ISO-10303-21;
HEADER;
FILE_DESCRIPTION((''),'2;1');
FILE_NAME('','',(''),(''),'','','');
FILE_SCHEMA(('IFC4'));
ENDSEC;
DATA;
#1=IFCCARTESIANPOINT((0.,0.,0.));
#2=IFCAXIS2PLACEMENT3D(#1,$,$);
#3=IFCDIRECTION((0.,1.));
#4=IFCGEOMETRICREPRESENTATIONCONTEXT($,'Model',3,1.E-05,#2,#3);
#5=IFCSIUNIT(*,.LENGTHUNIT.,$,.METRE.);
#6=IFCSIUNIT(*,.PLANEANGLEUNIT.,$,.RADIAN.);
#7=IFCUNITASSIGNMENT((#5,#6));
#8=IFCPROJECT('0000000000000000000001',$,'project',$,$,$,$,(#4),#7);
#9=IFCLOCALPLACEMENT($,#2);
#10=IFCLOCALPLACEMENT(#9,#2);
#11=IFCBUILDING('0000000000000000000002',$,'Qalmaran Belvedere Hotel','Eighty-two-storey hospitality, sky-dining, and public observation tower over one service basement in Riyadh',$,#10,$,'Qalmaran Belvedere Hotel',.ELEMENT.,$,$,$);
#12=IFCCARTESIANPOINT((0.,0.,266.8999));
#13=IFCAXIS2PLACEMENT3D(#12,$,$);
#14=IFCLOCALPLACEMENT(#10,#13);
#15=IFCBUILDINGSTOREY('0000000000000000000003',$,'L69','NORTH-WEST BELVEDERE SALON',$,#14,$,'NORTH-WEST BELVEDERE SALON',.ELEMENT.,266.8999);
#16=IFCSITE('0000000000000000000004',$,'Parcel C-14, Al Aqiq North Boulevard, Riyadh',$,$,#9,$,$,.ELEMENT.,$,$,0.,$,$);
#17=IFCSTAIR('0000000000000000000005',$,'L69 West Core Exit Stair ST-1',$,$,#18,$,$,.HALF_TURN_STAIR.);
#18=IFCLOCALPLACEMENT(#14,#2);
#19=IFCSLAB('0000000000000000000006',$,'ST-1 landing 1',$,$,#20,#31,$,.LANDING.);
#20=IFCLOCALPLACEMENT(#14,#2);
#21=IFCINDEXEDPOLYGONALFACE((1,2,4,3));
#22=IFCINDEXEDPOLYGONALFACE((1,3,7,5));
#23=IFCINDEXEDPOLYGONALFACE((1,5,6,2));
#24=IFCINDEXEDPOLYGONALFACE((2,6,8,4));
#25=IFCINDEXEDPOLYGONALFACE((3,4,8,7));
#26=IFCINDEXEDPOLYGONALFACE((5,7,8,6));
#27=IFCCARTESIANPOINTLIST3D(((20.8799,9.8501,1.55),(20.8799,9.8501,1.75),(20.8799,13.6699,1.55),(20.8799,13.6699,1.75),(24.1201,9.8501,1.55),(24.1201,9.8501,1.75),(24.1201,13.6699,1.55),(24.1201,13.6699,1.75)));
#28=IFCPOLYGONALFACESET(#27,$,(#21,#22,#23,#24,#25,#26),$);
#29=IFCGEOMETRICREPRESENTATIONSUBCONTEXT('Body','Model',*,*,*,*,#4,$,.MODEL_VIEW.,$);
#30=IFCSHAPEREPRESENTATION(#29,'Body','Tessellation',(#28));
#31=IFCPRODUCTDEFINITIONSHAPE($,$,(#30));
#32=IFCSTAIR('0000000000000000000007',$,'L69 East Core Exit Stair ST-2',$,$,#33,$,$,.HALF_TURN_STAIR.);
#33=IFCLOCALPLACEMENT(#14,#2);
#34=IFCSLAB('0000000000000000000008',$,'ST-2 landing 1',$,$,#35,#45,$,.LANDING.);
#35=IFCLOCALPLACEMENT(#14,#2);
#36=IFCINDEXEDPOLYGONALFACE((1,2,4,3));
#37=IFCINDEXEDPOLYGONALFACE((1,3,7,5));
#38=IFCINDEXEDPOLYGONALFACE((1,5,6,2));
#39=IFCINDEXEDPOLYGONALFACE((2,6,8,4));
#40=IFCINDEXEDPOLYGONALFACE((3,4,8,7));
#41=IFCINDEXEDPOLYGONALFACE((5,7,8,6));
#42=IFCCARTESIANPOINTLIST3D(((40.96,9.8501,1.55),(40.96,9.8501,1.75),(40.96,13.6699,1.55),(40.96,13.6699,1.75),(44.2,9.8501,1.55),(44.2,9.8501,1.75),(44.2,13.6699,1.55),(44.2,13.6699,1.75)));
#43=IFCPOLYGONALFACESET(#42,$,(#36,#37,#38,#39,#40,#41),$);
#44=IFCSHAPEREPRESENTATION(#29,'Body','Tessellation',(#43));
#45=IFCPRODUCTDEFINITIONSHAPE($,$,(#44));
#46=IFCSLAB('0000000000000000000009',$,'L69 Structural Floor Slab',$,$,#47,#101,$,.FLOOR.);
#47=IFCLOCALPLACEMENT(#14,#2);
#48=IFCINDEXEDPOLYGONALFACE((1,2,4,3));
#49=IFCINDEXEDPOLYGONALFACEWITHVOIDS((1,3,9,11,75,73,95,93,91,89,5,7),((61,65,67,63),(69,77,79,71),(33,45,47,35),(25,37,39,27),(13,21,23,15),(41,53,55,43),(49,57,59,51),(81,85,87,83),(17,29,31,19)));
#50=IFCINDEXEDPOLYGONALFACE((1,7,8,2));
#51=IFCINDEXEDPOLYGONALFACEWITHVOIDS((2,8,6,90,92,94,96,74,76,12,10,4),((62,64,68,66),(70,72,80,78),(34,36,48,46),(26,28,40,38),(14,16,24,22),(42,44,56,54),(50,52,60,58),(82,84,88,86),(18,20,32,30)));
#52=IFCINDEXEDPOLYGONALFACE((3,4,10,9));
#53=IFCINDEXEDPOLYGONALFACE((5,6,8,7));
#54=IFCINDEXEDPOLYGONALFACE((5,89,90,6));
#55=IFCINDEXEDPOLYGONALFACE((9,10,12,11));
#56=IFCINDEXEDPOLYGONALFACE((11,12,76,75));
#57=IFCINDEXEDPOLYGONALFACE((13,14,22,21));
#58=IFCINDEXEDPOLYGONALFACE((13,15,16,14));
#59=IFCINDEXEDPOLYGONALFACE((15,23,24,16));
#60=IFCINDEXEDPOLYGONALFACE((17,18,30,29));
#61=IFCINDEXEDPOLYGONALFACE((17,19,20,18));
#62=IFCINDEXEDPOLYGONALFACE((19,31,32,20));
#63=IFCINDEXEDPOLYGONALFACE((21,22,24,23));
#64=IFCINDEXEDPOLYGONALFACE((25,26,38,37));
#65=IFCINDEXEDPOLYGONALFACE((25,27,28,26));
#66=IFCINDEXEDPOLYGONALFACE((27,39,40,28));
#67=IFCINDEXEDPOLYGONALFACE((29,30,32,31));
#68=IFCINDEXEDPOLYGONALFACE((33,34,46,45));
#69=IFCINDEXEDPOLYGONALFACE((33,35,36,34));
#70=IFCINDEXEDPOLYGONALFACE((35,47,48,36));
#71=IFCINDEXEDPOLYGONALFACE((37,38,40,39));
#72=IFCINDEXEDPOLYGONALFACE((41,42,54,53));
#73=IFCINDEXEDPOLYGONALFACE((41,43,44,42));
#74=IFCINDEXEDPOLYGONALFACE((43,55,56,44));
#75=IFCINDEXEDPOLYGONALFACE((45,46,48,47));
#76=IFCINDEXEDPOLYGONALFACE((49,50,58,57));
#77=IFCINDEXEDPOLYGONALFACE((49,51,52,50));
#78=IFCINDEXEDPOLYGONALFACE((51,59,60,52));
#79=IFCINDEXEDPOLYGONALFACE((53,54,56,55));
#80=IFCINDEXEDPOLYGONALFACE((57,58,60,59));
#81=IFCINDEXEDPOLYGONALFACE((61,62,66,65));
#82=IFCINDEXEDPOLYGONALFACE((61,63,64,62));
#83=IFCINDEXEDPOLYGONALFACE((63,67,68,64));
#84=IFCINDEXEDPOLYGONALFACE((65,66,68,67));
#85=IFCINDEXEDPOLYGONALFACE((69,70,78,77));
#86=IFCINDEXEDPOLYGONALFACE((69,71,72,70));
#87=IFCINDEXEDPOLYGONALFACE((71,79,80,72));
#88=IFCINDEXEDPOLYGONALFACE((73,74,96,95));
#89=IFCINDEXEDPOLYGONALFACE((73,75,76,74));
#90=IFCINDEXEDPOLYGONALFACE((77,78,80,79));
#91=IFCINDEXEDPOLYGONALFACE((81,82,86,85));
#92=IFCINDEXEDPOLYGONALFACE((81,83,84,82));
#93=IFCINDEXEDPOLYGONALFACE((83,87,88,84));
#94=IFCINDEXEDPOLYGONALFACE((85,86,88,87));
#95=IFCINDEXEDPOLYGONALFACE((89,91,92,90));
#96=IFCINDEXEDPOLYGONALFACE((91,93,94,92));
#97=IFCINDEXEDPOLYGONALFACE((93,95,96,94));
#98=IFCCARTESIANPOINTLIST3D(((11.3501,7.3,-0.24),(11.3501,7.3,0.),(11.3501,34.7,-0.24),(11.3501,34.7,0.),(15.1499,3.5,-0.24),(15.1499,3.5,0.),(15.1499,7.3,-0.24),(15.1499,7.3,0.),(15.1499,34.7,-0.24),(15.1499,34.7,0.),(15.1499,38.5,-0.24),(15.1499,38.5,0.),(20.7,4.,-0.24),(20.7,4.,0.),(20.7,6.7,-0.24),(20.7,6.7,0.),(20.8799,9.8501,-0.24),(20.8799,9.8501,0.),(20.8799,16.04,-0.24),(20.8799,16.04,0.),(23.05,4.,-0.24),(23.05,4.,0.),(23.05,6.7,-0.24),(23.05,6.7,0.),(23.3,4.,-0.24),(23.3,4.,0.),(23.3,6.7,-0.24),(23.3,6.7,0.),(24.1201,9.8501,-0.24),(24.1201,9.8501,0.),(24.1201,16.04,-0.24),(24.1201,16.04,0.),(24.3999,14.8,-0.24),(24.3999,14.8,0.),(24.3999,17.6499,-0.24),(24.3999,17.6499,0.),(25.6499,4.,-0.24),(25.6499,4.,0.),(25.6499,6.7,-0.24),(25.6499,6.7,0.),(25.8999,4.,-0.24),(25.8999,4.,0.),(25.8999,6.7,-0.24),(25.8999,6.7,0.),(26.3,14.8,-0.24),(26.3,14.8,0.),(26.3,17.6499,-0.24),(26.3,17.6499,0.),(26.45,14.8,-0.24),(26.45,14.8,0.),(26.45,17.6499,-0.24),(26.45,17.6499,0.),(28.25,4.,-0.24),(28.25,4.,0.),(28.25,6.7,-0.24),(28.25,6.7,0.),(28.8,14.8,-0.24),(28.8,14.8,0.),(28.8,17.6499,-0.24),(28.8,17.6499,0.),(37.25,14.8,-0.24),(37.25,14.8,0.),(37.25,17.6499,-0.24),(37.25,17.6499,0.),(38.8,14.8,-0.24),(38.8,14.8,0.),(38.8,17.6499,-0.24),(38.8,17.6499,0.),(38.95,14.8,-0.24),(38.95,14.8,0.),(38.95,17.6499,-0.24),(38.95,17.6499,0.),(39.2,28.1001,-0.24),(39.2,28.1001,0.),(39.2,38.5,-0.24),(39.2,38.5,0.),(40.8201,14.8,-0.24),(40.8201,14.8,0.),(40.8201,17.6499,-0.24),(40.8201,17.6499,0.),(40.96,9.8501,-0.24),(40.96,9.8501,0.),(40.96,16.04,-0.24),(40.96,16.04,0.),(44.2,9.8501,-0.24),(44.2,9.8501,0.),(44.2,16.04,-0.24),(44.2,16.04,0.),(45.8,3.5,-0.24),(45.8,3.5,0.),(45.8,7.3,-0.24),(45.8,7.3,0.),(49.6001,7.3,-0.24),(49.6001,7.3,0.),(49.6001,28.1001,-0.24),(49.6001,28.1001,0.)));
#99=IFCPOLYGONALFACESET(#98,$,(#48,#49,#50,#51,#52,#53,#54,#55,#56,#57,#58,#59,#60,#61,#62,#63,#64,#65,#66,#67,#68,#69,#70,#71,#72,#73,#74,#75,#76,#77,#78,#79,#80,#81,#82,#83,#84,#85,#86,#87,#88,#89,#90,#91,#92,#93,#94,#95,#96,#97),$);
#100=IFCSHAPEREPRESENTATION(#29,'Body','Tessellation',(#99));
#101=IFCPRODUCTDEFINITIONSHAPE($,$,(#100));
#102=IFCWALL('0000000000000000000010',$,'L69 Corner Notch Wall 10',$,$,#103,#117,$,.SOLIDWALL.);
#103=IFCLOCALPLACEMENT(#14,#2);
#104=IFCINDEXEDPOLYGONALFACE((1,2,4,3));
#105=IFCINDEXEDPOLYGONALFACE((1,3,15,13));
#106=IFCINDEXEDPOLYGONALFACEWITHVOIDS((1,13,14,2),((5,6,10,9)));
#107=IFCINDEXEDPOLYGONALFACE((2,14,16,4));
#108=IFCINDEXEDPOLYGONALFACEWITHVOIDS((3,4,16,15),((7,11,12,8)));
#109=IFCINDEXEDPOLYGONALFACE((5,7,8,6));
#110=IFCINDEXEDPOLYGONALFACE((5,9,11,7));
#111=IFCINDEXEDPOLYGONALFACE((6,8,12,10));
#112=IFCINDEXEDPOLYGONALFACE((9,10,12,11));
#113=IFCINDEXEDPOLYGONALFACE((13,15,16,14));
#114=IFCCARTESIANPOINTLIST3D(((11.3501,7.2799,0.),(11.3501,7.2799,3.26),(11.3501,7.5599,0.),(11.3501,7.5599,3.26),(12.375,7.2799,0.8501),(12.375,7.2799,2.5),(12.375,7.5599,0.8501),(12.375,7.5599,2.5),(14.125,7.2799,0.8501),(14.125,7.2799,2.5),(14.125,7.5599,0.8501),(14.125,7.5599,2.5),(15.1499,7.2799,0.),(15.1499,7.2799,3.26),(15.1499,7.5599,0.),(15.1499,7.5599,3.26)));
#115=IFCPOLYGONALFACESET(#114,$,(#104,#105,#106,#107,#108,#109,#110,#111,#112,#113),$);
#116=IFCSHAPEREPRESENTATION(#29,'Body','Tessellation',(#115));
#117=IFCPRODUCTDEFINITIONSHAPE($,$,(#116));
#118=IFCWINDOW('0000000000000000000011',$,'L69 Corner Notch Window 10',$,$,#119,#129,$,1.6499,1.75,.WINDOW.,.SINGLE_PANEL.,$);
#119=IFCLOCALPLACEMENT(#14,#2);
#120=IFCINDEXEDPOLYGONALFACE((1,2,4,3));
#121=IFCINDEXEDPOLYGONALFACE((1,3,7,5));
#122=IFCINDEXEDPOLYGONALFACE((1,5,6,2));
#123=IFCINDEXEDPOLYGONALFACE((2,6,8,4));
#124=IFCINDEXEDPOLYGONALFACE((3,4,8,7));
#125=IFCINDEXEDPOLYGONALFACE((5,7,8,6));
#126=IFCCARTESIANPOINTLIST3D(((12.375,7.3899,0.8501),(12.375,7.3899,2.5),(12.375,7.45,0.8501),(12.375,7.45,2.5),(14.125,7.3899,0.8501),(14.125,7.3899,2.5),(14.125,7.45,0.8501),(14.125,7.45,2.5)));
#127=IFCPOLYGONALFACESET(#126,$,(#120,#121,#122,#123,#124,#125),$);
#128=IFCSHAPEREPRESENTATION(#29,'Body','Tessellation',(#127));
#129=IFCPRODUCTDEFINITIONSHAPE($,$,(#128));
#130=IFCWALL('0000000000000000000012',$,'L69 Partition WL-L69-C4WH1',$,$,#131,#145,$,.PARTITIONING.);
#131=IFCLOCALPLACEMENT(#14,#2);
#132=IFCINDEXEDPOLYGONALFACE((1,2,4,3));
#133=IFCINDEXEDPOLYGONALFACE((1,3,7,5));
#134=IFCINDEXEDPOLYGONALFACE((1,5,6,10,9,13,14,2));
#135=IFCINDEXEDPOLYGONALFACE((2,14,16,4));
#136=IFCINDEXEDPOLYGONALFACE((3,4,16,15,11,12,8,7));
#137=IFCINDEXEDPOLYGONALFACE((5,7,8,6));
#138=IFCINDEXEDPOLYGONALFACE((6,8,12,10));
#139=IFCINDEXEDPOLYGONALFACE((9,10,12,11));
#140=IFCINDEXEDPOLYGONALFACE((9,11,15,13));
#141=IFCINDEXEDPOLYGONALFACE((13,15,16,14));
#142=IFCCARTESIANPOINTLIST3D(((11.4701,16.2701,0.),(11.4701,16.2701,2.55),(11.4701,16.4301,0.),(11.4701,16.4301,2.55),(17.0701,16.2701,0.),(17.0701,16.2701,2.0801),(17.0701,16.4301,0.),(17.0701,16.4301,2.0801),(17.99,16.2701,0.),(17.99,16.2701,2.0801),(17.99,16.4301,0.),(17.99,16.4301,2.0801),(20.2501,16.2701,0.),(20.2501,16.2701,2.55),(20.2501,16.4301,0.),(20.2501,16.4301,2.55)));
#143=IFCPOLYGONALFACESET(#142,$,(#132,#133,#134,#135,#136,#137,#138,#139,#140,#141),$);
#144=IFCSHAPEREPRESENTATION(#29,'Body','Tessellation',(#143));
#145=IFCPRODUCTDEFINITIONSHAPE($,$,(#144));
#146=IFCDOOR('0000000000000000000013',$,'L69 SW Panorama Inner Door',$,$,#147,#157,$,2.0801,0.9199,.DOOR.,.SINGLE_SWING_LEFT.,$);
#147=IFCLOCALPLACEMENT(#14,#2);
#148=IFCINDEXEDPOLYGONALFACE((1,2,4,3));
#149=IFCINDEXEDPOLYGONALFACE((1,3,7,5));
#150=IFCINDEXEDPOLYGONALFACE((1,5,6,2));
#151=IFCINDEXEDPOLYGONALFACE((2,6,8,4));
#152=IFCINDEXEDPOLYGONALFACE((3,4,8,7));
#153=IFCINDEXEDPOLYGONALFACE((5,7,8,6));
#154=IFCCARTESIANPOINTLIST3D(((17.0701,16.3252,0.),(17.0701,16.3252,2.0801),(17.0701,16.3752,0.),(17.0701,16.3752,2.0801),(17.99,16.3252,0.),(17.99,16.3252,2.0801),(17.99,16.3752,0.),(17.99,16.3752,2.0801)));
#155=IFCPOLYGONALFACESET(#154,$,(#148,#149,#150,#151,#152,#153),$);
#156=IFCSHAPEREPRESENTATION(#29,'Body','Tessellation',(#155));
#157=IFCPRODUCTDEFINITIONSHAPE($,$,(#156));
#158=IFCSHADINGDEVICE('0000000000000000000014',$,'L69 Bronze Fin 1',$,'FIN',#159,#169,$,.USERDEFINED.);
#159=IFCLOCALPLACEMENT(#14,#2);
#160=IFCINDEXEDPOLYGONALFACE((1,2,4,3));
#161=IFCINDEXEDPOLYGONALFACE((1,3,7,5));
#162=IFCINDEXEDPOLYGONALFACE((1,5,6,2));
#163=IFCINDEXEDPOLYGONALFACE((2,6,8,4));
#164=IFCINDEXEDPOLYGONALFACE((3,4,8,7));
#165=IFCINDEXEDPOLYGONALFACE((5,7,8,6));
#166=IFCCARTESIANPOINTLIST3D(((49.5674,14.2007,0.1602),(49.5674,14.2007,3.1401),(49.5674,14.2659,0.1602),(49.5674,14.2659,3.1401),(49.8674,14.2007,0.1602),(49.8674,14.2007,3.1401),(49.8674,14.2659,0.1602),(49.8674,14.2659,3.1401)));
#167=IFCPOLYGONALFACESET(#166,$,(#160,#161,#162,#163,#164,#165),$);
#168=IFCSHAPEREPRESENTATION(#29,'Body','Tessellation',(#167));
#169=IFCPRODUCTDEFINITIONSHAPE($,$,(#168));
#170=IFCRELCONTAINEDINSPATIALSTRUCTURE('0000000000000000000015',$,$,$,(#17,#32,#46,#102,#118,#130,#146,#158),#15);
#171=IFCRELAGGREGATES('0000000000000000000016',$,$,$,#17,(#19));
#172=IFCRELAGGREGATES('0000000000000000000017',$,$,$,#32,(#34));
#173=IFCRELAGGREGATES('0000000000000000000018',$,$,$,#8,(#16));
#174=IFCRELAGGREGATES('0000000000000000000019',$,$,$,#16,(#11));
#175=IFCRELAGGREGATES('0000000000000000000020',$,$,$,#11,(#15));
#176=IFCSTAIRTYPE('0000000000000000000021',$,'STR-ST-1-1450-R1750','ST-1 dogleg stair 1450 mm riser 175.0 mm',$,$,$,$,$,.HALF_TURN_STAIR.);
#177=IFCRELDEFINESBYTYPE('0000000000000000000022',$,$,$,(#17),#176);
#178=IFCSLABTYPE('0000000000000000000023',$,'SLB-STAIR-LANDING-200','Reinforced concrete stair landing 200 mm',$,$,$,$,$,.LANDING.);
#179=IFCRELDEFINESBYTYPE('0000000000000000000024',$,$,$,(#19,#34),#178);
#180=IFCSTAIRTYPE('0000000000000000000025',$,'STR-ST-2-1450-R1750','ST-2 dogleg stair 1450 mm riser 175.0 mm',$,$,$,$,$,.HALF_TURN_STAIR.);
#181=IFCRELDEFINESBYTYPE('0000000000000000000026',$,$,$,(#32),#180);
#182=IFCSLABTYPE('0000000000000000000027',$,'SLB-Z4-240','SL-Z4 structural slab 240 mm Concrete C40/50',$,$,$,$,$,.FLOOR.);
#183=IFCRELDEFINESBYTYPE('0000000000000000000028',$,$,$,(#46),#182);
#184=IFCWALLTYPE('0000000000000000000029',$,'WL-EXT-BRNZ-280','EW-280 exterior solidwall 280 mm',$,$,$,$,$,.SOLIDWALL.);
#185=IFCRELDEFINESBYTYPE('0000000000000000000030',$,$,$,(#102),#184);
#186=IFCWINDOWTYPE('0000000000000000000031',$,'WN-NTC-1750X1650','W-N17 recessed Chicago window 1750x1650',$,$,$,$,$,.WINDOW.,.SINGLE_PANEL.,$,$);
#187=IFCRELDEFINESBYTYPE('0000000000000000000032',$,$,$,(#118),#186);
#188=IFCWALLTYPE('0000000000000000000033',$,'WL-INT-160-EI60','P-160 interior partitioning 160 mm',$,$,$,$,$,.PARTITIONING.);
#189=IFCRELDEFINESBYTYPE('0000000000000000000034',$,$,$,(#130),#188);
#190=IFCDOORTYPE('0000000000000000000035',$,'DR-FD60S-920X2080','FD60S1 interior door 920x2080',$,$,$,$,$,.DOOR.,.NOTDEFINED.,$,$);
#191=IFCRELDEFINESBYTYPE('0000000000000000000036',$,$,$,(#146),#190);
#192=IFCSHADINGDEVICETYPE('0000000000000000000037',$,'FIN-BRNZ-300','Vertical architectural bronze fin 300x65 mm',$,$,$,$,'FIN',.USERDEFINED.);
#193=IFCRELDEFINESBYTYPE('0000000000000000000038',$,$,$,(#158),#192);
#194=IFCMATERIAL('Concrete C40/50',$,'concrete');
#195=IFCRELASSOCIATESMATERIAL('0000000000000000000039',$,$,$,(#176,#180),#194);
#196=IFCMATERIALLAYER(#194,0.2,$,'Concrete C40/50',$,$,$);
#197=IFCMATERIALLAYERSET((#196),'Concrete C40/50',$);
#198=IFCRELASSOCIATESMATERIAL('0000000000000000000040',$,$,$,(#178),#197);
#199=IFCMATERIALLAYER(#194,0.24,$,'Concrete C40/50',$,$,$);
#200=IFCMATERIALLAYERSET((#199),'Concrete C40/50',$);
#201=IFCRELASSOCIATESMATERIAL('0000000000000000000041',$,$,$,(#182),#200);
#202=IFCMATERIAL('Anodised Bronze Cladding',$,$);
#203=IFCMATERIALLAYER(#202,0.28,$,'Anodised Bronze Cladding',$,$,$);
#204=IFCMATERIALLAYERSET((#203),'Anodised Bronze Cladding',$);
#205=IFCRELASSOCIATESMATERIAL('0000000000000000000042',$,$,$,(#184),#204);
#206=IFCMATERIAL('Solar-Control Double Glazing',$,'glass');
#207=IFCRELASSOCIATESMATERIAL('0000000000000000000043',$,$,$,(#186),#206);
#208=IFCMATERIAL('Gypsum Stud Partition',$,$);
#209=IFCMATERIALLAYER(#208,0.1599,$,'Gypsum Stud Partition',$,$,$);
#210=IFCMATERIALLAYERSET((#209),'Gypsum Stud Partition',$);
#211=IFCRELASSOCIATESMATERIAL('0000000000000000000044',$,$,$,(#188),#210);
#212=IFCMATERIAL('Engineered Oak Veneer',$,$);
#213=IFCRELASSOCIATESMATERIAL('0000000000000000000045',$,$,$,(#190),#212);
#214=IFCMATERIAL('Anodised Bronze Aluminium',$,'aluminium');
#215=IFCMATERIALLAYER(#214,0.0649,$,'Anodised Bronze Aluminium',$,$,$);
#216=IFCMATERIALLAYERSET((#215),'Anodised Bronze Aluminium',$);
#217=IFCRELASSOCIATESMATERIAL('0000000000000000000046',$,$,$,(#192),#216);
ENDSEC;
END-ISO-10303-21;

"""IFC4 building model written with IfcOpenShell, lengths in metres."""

from ifc_helpers import new_model, si_unit, direction, frame, frame_2d, origin, place, context, subcontext, project, spatial, polyline, rectangle, outline, extrude, material, layer, layer_set, type_object, element, fill, aggregate, save


model = new_model("IFC4")

# Units and contexts
model_context = context("Model", 3, precision=1e-05, world=origin(), true_north=direction((0.0, 1.0)))
body_context = subcontext(model_context, "Body", "Model", "MODEL_VIEW")
ifc_project = project(units=[si_unit("LENGTHUNIT", "METRE"), si_unit("PLANEANGLEUNIT", "RADIAN")], contexts=[model_context])

# Site, building, storey
site_placement = place(None, origin())
site = spatial("IfcSite", under=ifc_project, at=site_placement, Name="Parcel C-14, Al Aqiq North Boulevard, Riyadh", CompositionType="ELEMENT", RefElevation=0.0)
building_placement = place(site_placement, origin())
building = spatial("IfcBuilding", under=site, at=building_placement, Name="Qalmaran Belvedere Hotel", Description="Eighty-two-storey hospitality, sky-dining, and public observation tower over one service basement in Riyadh", LongName="Qalmaran Belvedere Hotel", CompositionType="ELEMENT")
storey_placement = place(building_placement, frame((0.0, 0.0, 266.8999)))
storey = spatial("IfcBuildingStorey", under=building, at=storey_placement, Name="L69", Description="NORTH-WEST BELVEDERE SALON", LongName="NORTH-WEST BELVEDERE SALON", CompositionType="ELEMENT", Elevation=266.8999)

# Shared definitions
ifc_material_1 = material(Name="Anodised Bronze Aluminium", Category="aluminium")

# Shared definitions
ifc_material_2 = material(Name="Solar-Control Double Glazing", Category="glass")

# Shared definitions
ifc_material_3 = material(Name="Concrete C40/50", Category="concrete")

# Stairs, slabs
stair_type_1 = type_object("IfcStairType", Name="STR-ST-1-1450-R1750", Description="ST-1 dogleg stair 1450 mm riser 175.0 mm", PredefinedType="HALF_TURN_STAIR", material=ifc_material_3)
stair_1_placement = place(storey_placement, origin())
stair_1 = element("IfcStair", 1, at=stair_1_placement, inside=storey, type_object=stair_type_1, Name="L69 West Core Exit Stair ST-1", PredefinedType="HALF_TURN_STAIR")
ifc_layer_1 = layer(ifc_material_3, 0.2, Name="Concrete C40/50")
ifc_layer_set_1 = layer_set([ifc_layer_1], Name="Concrete C40/50")
slab_type_1 = type_object("IfcSlabType", Name="SLB-STAIR-LANDING-200", Description="Reinforced concrete stair landing 200 mm", PredefinedType="LANDING", material=ifc_layer_set_1)
slab_1_placement = place(storey_placement, frame((0.0, 0.0, 1.55)))
slab_1 = element("IfcSlab", 2, at=slab_1_placement, type_object=slab_type_1, Name="ST-1 landing 1", PredefinedType="LANDING", context=body_context, shape_type="SweptSolid", body=[
    extrude(outline(polyline([(20.8799, 13.6699), (20.8799, 9.8501), (24.1201, 9.8501), (24.1201, 13.6699), (20.8799, 13.6699)])), origin(), (0.0, 0.0, 1.0), 0.2),
])
aggregate(stair_1, [slab_1])
stair_type_2 = type_object("IfcStairType", Name="STR-ST-2-1450-R1750", Description="ST-2 dogleg stair 1450 mm riser 175.0 mm", PredefinedType="HALF_TURN_STAIR", material=ifc_material_3)
stair_2_placement = place(storey_placement, origin())
stair_2 = element("IfcStair", 3, at=stair_2_placement, inside=storey, type_object=stair_type_2, Name="L69 East Core Exit Stair ST-2", PredefinedType="HALF_TURN_STAIR")
slab_2_placement = place(storey_placement, frame((0.0, 0.0, 1.55)))
slab_2 = element("IfcSlab", 4, at=slab_2_placement, type_object=slab_type_1, Name="ST-2 landing 1", PredefinedType="LANDING", context=body_context, shape_type="SweptSolid", body=[
    extrude(outline(polyline([(40.96, 13.6699), (40.96, 9.8501), (44.2, 9.8501), (44.2, 13.6699), (40.96, 13.6699)])), origin(), (0.0, 0.0, 1.0), 0.2),
])
aggregate(stair_2, [slab_2])

# Slab
ifc_layer_2 = layer(ifc_material_3, 0.24, Name="Concrete C40/50")
ifc_layer_set_2 = layer_set([ifc_layer_2], Name="Concrete C40/50")
slab_type_2 = type_object("IfcSlabType", Name="SLB-Z4-240", Description="SL-Z4 structural slab 240 mm Concrete C40/50", PredefinedType="FLOOR", material=ifc_layer_set_2)
slab_3_placement = place(storey_placement, frame((0.0, 0.0, -0.24)))
element("IfcSlab", 5, at=slab_3_placement, inside=storey, type_object=slab_type_2, Name="L69 Structural Floor Slab", PredefinedType="FLOOR", context=body_context, shape_type="SweptSolid", body=[
    extrude(outline(polyline([(15.1499, 3.5), (45.8, 3.5), (45.8, 7.3), (49.6001, 7.3), (49.6001, 28.1001), (39.2, 28.1001), (39.2, 38.5), (15.1499, 38.5), (15.1499, 34.7), (11.3501, 34.7), (11.3501, 7.3), (15.1499, 7.3), (15.1499, 3.5)]), holes=[polyline([(20.8799, 9.8501), (24.1201, 9.8501), (24.1201, 16.04), (20.8799, 16.04), (20.8799, 9.8501)]), polyline([(40.96, 9.8501), (44.2, 9.8501), (44.2, 16.04), (40.96, 16.04), (40.96, 9.8501)]), polyline([(20.7, 4.0), (23.05, 4.0), (23.05, 6.7), (20.7, 6.7), (20.7, 4.0)]), polyline([(23.3, 4.0), (25.6499, 4.0), (25.6499, 6.7), (23.3, 6.7), (23.3, 4.0)]), polyline([(25.8999, 4.0), (28.25, 4.0), (28.25, 6.7), (25.8999, 6.7), (25.8999, 4.0)]), polyline([(24.3999, 14.8), (26.3, 14.8), (26.3, 17.6499), (24.3999, 17.6499), (24.3999, 14.8)]), polyline([(38.95, 14.8), (40.8201, 14.8), (40.8201, 17.6499), (38.95, 17.6499), (38.95, 14.8)]), polyline([(26.45, 14.8), (28.8, 14.8), (28.8, 17.6499), (26.45, 17.6499), (26.45, 14.8)]), polyline([(37.25, 14.8), (38.8, 14.8), (38.8, 17.6499), (37.25, 17.6499), (37.25, 14.8)])]), origin(), (0.0, 0.0, 1.0), 0.24),
])

# Wall, opening, window
ifc_material_4 = material(Name="Anodised Bronze Cladding")
ifc_layer_3 = layer(ifc_material_4, 0.28, Name="Anodised Bronze Cladding")
ifc_layer_set_3 = layer_set([ifc_layer_3], Name="Anodised Bronze Cladding")
wall_type_1 = type_object("IfcWallType", Name="WL-EXT-BRNZ-280", Description="EW-280 exterior solidwall 280 mm", PredefinedType="SOLIDWALL", material=ifc_layer_set_3)
wall_1_placement = place(storey_placement, frame((11.3501, 7.4199, 0.0), z_axis=(0.0, 0.0, 1.0), x_axis=(1.0, 0.0, 0.0)))
wall_1 = element("IfcWall", 6, at=wall_1_placement, inside=storey, type_object=wall_type_1, Name="L69 Corner Notch Wall 10", PredefinedType="SOLIDWALL", context=body_context, shape_type="SweptSolid", body=[
    extrude(rectangle(XDim=3.7998, YDim=0.28, at=frame_2d((1.8999, 0.0))), origin(), (0.0, 0.0, 1.0), 3.26),
])
opening_1_placement = place(wall_1_placement, frame((1.0249, 0.0, 0.8501)))
opening_1 = element("IfcOpeningElement", 7, at=opening_1_placement, cuts=wall_1, PredefinedType="OPENING", context=body_context, shape_type="SweptSolid", body=[
    extrude(rectangle(XDim=1.75, YDim=1.6499, at=frame_2d((0.875, 0.825))), frame((0.0, 0.1499, 0.0), z_axis=(0.0, -1.0, 0.0), x_axis=(1.0, 0.0, 0.0)), (0.0, 0.0, 1.0), 0.3),
])
window_type = type_object("IfcWindowType", Name="WN-NTC-1750X1650", Description="W-N17 recessed Chicago window 1750x1650", PartitioningType="SINGLE_PANEL", PredefinedType="WINDOW", material=ifc_material_2)
window_placement = place(opening_1_placement, origin())
window = element("IfcWindow", 8, at=window_placement, inside=storey, type_object=window_type, Name="L69 Corner Notch Window 10", OverallHeight=1.6499, OverallWidth=1.75, PartitioningType="SINGLE_PANEL", PredefinedType="WINDOW", context=body_context, shape_type="SweptSolid", body=[
    extrude(rectangle(XDim=1.75, YDim=1.6499, at=frame_2d((0.875, 0.825))), frame((0.0, 0.03, 0.0), z_axis=(0.0, -1.0, 0.0), x_axis=(1.0, 0.0, 0.0)), (0.0, 0.0, 1.0), 0.0601),
])
fill(opening_1, window)

# Wall, opening, door
ifc_material_5 = material(Name="Gypsum Stud Partition")
ifc_layer_4 = layer(ifc_material_5, 0.1599, Name="Gypsum Stud Partition")
ifc_layer_set_4 = layer_set([ifc_layer_4], Name="Gypsum Stud Partition")
wall_type_2 = type_object("IfcWallType", Name="WL-INT-160-EI60", Description="P-160 interior partitioning 160 mm", PredefinedType="PARTITIONING", material=ifc_layer_set_4)
wall_2_placement = place(storey_placement, frame((11.47, 16.3501, 0.0), z_axis=(0.0, 0.0, 1.0), x_axis=(1.0, 0.0, 0.0)))
wall_2 = element("IfcWall", 9, at=wall_2_placement, inside=storey, type_object=wall_type_2, Name="L69 Partition WL-L69-C4WH1", PredefinedType="PARTITIONING", context=body_context, shape_type="SweptSolid", body=[
    extrude(rectangle(XDim=8.78, YDim=0.1599, at=frame_2d((4.3901, 0.0))), origin(), (0.0, 0.0, 1.0), 2.55),
])
opening_2_placement = place(wall_2_placement, frame((6.52, 0.0, 0.0), z_axis=(0.0, 0.0, 1.0), x_axis=(-1.0, 0.0, 0.0)))
opening_2 = element("IfcOpeningElement", 10, at=opening_2_placement, cuts=wall_2, PredefinedType="OPENING", context=body_context, shape_type="SweptSolid", body=[
    extrude(rectangle(XDim=0.9199, YDim=2.0801, at=frame_2d((0.46, 1.04))), frame((0.0, 0.0898, 0.0), z_axis=(0.0, -1.0, 0.0), x_axis=(1.0, 0.0, 0.0)), (0.0, 0.0, 1.0), 0.1799),
])
ifc_material_6 = material(Name="Engineered Oak Veneer")
door_type = type_object("IfcDoorType", Name="DR-FD60S-920X2080", Description="FD60S1 interior door 920x2080", OperationType="NOTDEFINED", PredefinedType="DOOR", material=ifc_material_6)
door_placement = place(opening_2_placement, origin())
door = element("IfcDoor", 11, at=door_placement, inside=storey, type_object=door_type, Name="L69 SW Panorama Inner Door", OperationType="SINGLE_SWING_LEFT", OverallHeight=2.0801, OverallWidth=0.9199, PredefinedType="DOOR", context=body_context, shape_type="SweptSolid", body=[
    extrude(rectangle(XDim=0.9199, YDim=2.0801, at=frame_2d((0.46, 1.04))), frame((0.0, 0.0249, 0.0), z_axis=(0.0, -1.0, 0.0), x_axis=(1.0, 0.0, 0.0)), (0.0, 0.0, 1.0), 0.05),
])
fill(opening_2, door)

# Shading device
ifc_layer_5 = layer(ifc_material_1, 0.0649, Name="Anodised Bronze Aluminium")
ifc_layer_set_5 = layer_set([ifc_layer_5], Name="Anodised Bronze Aluminium")
shading_device_type = type_object("IfcShadingDeviceType", Name="FIN-BRNZ-300", Description="Vertical architectural bronze fin 300x65 mm", ElementType="FIN", PredefinedType="USERDEFINED", material=ifc_layer_set_5)
shading_device_1_placement = place(storey_placement, frame((0.0, 0.0, 0.1602)))
element("IfcShadingDevice", 12, at=shading_device_1_placement, inside=storey, type_object=shading_device_type, Name="L69 Bronze Fin 1", ObjectType="FIN", PredefinedType="USERDEFINED", context=body_context, shape_type="SweptSolid", body=[
    extrude(outline(polyline([(49.5674, 14.2007), (49.8674, 14.2007), (49.8674, 14.2659), (49.5674, 14.2659), (49.5674, 14.2007)])), origin(), (0.0, 0.0, 1.0), 2.98),
])

save(model, "model.ifc")
